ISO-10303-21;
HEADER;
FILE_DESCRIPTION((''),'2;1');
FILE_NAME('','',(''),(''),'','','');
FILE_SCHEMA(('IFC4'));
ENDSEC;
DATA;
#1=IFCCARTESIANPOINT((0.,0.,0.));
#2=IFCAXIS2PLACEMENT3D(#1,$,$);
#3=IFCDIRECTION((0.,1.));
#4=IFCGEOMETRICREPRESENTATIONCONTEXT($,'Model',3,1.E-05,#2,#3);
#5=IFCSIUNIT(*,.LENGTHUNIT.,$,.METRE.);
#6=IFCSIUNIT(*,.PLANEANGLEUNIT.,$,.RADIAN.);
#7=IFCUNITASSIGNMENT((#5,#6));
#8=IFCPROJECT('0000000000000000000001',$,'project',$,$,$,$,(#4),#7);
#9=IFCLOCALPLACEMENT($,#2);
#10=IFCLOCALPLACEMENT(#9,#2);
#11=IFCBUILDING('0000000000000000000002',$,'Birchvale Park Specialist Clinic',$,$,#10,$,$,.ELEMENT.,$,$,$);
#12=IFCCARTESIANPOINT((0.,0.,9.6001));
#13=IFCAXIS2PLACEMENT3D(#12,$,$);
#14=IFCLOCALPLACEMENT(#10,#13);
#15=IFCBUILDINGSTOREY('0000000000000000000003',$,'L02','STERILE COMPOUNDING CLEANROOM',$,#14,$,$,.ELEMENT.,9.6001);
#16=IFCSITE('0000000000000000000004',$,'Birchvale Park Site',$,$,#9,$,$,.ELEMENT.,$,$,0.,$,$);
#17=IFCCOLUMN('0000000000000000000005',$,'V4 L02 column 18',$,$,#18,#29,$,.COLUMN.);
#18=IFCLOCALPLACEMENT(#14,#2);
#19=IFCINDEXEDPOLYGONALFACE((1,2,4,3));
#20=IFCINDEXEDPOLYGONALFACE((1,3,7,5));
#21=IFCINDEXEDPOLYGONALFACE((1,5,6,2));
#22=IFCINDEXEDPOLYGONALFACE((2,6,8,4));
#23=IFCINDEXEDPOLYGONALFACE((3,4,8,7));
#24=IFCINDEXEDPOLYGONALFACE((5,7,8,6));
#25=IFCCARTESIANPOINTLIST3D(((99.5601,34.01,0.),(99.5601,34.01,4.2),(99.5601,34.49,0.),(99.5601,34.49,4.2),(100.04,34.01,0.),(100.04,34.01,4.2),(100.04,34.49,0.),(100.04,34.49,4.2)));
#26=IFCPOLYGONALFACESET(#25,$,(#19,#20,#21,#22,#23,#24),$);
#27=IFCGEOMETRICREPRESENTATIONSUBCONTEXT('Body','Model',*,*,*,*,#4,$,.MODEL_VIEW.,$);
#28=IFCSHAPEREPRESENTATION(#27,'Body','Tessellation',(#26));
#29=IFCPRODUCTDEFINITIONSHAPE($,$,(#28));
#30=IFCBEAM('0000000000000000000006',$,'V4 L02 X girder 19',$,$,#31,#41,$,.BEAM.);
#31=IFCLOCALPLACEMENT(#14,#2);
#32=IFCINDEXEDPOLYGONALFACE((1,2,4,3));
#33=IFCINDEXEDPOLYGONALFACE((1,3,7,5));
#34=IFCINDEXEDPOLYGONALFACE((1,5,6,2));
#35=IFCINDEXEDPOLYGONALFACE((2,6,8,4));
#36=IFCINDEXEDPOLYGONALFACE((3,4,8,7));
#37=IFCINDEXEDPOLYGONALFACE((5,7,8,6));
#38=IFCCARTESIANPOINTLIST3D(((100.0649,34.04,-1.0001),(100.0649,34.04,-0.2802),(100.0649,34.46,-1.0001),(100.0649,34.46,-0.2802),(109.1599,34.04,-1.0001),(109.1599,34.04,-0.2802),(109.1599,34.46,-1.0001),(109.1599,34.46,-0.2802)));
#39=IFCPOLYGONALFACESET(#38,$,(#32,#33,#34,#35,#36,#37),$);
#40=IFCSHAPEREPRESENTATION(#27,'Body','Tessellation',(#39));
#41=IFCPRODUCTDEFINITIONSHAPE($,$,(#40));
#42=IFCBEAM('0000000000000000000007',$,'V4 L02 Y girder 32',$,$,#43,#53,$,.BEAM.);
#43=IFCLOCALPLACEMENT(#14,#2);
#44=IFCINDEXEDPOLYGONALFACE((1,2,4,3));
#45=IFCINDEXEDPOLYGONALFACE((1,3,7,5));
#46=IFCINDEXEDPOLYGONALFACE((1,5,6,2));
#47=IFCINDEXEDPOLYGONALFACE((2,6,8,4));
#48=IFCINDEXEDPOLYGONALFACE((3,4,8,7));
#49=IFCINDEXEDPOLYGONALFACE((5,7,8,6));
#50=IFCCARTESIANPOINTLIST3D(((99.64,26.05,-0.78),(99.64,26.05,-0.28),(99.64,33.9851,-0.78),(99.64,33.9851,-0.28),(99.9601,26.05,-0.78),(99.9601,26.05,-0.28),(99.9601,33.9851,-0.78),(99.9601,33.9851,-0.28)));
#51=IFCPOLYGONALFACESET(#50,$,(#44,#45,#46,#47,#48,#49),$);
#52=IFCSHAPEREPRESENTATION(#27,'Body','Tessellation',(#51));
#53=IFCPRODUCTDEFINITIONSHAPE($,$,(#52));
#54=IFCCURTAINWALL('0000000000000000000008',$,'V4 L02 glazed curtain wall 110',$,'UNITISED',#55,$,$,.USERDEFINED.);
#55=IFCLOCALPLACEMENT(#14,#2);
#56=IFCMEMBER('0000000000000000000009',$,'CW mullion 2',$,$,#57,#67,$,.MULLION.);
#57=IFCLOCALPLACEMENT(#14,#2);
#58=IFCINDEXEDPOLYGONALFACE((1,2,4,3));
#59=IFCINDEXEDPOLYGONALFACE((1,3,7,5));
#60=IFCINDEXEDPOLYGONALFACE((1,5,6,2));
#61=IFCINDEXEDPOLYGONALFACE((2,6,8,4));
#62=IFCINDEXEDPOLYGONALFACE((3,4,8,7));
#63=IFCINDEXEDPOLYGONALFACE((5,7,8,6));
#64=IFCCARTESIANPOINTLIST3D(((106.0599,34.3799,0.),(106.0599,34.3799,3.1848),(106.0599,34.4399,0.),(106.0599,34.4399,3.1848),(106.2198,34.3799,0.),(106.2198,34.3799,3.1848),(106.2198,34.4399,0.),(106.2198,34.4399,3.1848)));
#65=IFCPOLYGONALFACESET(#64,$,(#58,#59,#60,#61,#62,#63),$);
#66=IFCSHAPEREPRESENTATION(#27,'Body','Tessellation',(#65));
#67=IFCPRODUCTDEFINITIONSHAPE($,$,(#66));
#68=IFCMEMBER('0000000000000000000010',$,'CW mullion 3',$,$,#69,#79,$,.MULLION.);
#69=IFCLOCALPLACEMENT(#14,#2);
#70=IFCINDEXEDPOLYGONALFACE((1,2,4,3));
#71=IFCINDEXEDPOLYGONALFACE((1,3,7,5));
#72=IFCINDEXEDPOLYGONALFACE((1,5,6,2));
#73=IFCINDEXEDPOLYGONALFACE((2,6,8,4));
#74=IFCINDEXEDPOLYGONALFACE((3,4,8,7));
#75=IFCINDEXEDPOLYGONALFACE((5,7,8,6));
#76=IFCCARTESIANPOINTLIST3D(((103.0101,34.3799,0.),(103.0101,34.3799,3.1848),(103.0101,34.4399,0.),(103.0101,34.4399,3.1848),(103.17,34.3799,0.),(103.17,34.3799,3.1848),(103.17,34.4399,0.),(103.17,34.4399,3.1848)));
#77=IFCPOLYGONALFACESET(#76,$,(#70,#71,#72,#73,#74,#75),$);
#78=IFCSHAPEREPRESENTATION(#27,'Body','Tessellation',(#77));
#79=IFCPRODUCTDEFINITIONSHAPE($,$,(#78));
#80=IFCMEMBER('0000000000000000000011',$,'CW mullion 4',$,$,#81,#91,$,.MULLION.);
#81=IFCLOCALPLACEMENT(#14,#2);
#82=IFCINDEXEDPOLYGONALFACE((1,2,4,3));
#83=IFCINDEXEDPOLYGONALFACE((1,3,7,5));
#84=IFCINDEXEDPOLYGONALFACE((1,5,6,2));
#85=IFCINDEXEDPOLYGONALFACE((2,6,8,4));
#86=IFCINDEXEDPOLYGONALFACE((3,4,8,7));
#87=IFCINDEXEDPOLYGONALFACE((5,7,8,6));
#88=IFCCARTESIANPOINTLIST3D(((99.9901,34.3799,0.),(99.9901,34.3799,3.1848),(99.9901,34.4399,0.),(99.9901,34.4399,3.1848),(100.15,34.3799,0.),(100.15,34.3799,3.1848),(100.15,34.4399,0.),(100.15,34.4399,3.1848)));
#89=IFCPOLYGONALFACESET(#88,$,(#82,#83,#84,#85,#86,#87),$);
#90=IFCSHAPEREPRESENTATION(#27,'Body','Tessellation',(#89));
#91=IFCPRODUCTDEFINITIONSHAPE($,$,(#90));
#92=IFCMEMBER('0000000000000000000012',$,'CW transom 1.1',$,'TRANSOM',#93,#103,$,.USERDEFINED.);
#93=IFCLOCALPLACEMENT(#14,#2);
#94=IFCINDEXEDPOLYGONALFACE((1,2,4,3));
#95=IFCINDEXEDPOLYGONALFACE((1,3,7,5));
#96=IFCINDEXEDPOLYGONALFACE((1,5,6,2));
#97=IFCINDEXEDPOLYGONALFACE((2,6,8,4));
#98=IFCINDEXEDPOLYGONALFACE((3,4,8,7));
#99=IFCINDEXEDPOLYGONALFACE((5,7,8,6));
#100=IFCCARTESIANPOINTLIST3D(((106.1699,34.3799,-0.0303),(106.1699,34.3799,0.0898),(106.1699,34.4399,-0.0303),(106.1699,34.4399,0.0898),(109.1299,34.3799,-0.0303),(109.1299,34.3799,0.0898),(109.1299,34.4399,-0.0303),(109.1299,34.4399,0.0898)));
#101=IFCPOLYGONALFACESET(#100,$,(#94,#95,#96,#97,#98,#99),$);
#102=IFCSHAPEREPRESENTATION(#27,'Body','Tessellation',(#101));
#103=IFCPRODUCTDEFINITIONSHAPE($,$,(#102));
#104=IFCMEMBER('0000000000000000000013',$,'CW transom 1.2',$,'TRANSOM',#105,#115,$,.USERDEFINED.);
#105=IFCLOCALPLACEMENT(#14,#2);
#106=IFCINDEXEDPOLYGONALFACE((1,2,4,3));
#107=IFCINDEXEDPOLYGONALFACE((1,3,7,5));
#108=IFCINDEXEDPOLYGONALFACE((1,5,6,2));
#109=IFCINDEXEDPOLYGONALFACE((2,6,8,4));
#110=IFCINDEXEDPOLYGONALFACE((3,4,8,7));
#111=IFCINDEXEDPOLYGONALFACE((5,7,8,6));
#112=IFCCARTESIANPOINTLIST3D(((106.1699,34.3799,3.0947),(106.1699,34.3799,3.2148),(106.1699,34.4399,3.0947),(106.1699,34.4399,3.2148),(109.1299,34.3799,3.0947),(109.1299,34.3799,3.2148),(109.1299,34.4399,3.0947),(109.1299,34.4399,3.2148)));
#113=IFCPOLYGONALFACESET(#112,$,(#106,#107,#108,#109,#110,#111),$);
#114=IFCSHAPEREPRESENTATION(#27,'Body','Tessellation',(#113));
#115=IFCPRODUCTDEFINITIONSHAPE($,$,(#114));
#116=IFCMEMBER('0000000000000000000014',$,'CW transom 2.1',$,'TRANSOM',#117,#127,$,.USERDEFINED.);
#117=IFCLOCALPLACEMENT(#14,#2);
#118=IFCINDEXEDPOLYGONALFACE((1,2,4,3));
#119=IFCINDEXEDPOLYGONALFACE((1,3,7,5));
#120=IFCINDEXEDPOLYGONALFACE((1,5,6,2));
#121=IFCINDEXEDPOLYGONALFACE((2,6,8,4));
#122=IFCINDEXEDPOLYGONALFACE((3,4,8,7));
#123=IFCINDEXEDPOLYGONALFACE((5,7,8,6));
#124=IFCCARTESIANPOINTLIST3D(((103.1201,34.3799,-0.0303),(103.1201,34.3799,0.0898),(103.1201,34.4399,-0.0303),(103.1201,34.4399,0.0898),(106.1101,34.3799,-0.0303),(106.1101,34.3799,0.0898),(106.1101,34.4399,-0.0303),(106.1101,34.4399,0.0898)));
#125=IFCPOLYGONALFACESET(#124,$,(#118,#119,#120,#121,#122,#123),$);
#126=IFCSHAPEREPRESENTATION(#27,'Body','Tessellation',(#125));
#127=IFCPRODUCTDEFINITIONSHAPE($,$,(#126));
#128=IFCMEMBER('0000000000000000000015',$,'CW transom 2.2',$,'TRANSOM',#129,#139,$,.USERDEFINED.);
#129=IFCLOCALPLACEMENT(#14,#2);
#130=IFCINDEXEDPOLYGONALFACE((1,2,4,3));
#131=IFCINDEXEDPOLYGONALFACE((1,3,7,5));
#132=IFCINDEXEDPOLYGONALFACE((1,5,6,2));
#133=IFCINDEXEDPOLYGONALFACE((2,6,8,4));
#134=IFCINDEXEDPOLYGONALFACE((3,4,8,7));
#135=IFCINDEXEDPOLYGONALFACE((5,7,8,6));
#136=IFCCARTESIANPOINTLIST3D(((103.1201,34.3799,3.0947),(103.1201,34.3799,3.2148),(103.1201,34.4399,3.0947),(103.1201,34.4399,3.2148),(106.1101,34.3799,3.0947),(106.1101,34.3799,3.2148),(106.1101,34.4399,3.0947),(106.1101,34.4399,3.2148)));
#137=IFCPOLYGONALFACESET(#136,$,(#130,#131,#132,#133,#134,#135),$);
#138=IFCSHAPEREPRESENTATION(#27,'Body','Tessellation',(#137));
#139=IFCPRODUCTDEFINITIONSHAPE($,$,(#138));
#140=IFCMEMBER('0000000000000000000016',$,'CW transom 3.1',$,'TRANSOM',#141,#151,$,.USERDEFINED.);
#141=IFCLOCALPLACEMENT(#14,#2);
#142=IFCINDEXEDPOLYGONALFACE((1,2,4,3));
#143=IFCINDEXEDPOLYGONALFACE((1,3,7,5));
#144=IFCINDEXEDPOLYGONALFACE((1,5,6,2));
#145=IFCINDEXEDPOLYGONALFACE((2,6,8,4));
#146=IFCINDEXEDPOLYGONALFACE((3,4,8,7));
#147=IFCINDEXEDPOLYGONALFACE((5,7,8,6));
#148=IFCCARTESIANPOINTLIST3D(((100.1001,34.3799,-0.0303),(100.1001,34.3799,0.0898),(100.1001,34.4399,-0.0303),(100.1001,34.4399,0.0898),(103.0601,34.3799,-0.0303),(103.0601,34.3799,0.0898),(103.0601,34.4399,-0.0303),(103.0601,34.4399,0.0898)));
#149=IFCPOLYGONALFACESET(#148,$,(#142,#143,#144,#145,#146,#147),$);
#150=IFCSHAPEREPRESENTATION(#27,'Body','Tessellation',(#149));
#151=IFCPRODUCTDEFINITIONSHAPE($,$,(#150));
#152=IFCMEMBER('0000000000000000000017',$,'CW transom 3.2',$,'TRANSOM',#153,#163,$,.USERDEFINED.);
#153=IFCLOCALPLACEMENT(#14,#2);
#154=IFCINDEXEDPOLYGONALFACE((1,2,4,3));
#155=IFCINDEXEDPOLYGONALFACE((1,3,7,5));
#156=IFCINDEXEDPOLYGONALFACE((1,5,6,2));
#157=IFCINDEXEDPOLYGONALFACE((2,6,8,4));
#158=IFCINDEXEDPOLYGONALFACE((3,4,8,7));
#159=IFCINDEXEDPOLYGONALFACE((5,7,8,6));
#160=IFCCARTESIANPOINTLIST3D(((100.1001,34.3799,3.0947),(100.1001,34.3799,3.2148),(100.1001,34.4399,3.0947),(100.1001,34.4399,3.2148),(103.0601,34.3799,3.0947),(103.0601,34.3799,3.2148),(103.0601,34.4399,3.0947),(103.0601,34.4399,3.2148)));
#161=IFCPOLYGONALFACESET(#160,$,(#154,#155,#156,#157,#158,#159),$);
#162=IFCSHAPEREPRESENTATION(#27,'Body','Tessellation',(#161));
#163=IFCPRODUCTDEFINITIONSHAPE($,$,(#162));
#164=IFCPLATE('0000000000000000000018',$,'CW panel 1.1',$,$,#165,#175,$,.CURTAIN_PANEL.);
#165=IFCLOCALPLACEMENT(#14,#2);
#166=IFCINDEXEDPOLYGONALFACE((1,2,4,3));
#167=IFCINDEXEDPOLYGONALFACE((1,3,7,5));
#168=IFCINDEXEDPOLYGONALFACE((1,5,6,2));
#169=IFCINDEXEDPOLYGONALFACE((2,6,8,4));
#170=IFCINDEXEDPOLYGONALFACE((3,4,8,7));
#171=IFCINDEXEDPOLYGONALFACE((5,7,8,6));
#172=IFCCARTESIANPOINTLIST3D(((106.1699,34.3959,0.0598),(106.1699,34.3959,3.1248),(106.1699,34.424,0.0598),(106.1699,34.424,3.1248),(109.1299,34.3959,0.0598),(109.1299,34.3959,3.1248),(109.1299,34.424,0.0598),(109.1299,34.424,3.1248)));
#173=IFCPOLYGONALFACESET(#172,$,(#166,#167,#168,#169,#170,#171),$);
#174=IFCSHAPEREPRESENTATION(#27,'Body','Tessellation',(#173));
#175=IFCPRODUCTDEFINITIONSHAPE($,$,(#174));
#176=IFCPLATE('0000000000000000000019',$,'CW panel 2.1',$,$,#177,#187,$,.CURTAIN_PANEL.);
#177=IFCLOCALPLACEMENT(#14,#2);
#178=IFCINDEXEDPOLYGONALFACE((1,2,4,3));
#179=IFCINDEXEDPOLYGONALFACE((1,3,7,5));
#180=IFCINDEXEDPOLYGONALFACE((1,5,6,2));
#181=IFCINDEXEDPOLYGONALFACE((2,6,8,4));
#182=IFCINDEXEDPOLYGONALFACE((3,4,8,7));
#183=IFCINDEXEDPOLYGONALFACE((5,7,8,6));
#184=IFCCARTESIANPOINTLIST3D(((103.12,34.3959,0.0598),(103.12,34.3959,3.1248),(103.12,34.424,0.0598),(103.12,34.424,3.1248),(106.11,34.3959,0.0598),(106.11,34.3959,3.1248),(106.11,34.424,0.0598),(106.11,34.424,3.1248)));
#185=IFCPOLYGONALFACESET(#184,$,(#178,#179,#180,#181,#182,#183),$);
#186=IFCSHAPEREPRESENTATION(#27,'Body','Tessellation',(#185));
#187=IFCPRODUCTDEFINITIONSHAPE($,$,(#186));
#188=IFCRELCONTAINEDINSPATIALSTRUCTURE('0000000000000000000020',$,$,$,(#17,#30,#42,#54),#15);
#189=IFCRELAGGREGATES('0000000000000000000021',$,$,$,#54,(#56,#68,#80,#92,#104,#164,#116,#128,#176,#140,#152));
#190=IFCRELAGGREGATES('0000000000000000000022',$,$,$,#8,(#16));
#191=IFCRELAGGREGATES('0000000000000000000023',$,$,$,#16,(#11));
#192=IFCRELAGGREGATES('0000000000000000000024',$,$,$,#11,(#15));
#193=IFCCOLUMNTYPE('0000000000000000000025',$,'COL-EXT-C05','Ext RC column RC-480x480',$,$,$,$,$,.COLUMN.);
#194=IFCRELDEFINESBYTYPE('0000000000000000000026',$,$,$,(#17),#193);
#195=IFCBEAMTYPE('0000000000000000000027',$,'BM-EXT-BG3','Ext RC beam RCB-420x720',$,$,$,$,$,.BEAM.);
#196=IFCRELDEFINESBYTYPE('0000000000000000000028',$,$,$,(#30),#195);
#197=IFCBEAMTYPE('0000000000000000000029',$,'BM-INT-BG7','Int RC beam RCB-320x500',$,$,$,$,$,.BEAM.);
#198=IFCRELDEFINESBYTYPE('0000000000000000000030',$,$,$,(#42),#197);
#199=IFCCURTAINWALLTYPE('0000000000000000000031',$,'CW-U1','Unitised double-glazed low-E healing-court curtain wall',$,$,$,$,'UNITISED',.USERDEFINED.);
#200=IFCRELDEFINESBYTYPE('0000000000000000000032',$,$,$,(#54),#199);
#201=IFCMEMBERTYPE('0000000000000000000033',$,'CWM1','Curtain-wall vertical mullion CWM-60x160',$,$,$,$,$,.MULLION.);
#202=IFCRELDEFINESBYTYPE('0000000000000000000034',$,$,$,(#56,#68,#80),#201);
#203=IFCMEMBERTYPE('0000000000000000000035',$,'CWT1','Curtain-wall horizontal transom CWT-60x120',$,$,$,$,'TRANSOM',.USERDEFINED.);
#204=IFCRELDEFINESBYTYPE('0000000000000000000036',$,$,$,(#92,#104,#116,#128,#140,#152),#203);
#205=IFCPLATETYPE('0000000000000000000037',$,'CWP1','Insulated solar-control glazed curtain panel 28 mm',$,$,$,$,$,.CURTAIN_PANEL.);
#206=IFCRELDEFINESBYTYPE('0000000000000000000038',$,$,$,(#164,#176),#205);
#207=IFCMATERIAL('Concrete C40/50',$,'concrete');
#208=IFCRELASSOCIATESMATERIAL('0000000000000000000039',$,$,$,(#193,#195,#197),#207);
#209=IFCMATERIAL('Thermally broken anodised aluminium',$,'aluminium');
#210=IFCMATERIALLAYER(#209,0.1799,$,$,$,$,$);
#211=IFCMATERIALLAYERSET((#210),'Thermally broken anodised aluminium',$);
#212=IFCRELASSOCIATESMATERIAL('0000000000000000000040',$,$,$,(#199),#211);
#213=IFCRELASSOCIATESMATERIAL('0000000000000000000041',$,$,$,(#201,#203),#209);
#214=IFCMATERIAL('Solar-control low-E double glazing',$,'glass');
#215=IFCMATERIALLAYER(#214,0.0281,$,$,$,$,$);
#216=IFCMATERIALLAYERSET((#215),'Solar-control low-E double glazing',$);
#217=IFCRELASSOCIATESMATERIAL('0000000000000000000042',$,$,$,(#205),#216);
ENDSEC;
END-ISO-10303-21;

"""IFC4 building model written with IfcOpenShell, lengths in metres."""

from ifc_helpers import new_model, si_unit, direction, frame, origin, origin_2d, place, context, subcontext, project, spatial, rectangle, extrude, material, layer, layer_set, material_profile, profile_set, type_object, element, aggregate, save


model = new_model("IFC4")

# Units and contexts
model_context = context("Model", 3, precision=1e-05, world=origin(), true_north=direction((0.0, 1.0)))
body_context = subcontext(model_context, "Body", "Model", "MODEL_VIEW")
ifc_project = project(units=[si_unit("LENGTHUNIT", "METRE"), si_unit("PLANEANGLEUNIT", "RADIAN")], contexts=[model_context])

# Site, building, storey
site_placement = place(None, origin())
site = spatial("IfcSite", under=ifc_project, at=site_placement, Name="Birchvale Park Site", CompositionType="ELEMENT", RefElevation=0.0)
building_placement = place(site_placement, origin())
building = spatial("IfcBuilding", under=site, at=building_placement, Name="Birchvale Park Specialist Clinic", CompositionType="ELEMENT")
storey_placement = place(building_placement, frame((0.0, 0.0, 9.6001)))
storey = spatial("IfcBuildingStorey", under=building, at=storey_placement, Name="L02", Description="STERILE COMPOUNDING CLEANROOM", CompositionType="ELEMENT", Elevation=9.6001)

# Column
ifc_material_1 = material(Name="Concrete C40/50", Category="concrete")
ifc_material_profile_1 = material_profile(ifc_material_1, rectangle(XDim=0.48, YDim=0.48, at=origin_2d()), Name="RC-480x480")
ifc_profile_set_1 = profile_set([ifc_material_profile_1], Name="Concrete C40/50")
column_type = type_object("IfcColumnType", Name="COL-EXT-C05", Description="Ext RC column RC-480x480", PredefinedType="COLUMN", material=ifc_profile_set_1)
column_placement = place(storey_placement, frame((99.8, 34.25, 0.0), z_axis=(0.0, 0.0, 1.0), x_axis=(1.0, 0.0, 0.0)))
element("IfcColumn", 1, at=column_placement, inside=storey, type_object=column_type, Name="V4 L02 column 18", PredefinedType="COLUMN", context=body_context, shape_type="SweptSolid", body=[
    extrude(rectangle(XDim=0.48, YDim=0.48, at=origin_2d()), origin(), (0.0, 0.0, 1.0), 4.2),
])

# Beams
ifc_material_profile_2 = material_profile(ifc_material_1, rectangle(XDim=0.4199, YDim=0.72, at=origin_2d()), Name="RCB-420x720")
ifc_profile_set_2 = profile_set([ifc_material_profile_2], Name="Concrete C40/50")
beam_type_1 = type_object("IfcBeamType", Name="BM-EXT-BG3", Description="Ext RC beam RCB-420x720", PredefinedType="BEAM", material=ifc_profile_set_2)
beam_1_placement = place(storey_placement, frame((100.0649, 34.25, -0.6401), z_axis=(1.0, 0.0, 0.0), x_axis=(0.0, 1.0, 0.0)))
element("IfcBeam", 2, at=beam_1_placement, inside=storey, type_object=beam_type_1, Name="V4 L02 X girder 19", PredefinedType="BEAM", context=body_context, shape_type="SweptSolid", body=[
    extrude(rectangle(XDim=0.4199, YDim=0.72, at=origin_2d()), origin(), (0.0, 0.0, 1.0), 9.095),
])
ifc_material_profile_3 = material_profile(ifc_material_1, rectangle(XDim=0.3201, YDim=0.5, at=origin_2d()), Name="RCB-320x500")
ifc_profile_set_3 = profile_set([ifc_material_profile_3], Name="Concrete C40/50")
beam_type_2 = type_object("IfcBeamType", Name="BM-INT-BG7", Description="Int RC beam RCB-320x500", PredefinedType="BEAM", material=ifc_profile_set_3)
beam_2_placement = place(storey_placement, frame((99.8, 26.05, -0.53), z_axis=(0.0, 1.0, 0.0), x_axis=(-1.0, 0.0, 0.0)))
element("IfcBeam", 3, at=beam_2_placement, inside=storey, type_object=beam_type_2, Name="V4 L02 Y girder 32", PredefinedType="BEAM", context=body_context, shape_type="SweptSolid", body=[
    extrude(rectangle(XDim=0.3201, YDim=0.5, at=origin_2d()), origin(), (0.0, 0.0, 1.0), 7.9351),
])

# Curtain wall, members, plates
ifc_material_2 = material(Name="Thermally broken anodised aluminium", Category="aluminium")
ifc_layer_1 = layer(ifc_material_2, 0.1799)
ifc_layer_set_1 = layer_set([ifc_layer_1], Name="Thermally broken anodised aluminium")
curtain_wall_type = type_object("IfcCurtainWallType", Name="CW-U1", Description="Unitised double-glazed low-E healing-court curtain wall", ElementType="UNITISED", PredefinedType="USERDEFINED", material=ifc_layer_set_1)
curtain_wall_placement = place(storey_placement, origin())
curtain_wall = element("IfcCurtainWall", 4, at=curtain_wall_placement, inside=storey, type_object=curtain_wall_type, Name="V4 L02 glazed curtain wall 110", ObjectType="UNITISED", PredefinedType="USERDEFINED")
ifc_material_profile_4 = material_profile(ifc_material_2, rectangle(XDim=0.0601, YDim=0.1599, at=origin_2d()), Name="CWM-60x160")
ifc_profile_set_4 = profile_set([ifc_material_profile_4], Name="Thermally broken anodised aluminium")
member_type_1 = type_object("IfcMemberType", Name="CWM1", Description="Curtain-wall vertical mullion CWM-60x160", PredefinedType="MULLION", material=ifc_profile_set_4)
member_1_placement = place(storey_placement, frame((106.1399, 34.4099, 0.0), z_axis=(0.0, 0.0, 1.0), x_axis=(0.0, -1.0, 0.0)))
member_1 = element("IfcMember", 5, at=member_1_placement, type_object=member_type_1, Name="CW mullion 2", PredefinedType="MULLION", context=body_context, shape_type="SweptSolid", body=[
    extrude(rectangle(XDim=0.0601, YDim=0.1599, at=origin_2d()), origin(), (0.0, 0.0, 1.0), 3.1848),
])
member_2_placement = place(storey_placement, frame((103.0901, 34.4099, 0.0), z_axis=(0.0, 0.0, 1.0), x_axis=(0.0, -1.0, 0.0)))
member_2 = element("IfcMember", 6, at=member_2_placement, type_object=member_type_1, Name="CW mullion 3", PredefinedType="MULLION", context=body_context, shape_type="SweptSolid", body=[
    extrude(rectangle(XDim=0.0601, YDim=0.1599, at=origin_2d()), origin(), (0.0, 0.0, 1.0), 3.1848),
])
member_3_placement = place(storey_placement, frame((100.0701, 34.4099, 0.0), z_axis=(0.0, 0.0, 1.0), x_axis=(0.0, -1.0, 0.0)))
member_3 = element("IfcMember", 7, at=member_3_placement, type_object=member_type_1, Name="CW mullion 4", PredefinedType="MULLION", context=body_context, shape_type="SweptSolid", body=[
    extrude(rectangle(XDim=0.0601, YDim=0.1599, at=origin_2d()), origin(), (0.0, 0.0, 1.0), 3.1848),
])
ifc_material_profile_5 = material_profile(ifc_material_2, rectangle(XDim=0.0601, YDim=0.1201, at=origin_2d()), Name="CWT-60x120")
ifc_profile_set_5 = profile_set([ifc_material_profile_5], Name="Thermally broken anodised aluminium")
member_type_2 = type_object("IfcMemberType", Name="CWT1", Description="Curtain-wall horizontal transom CWT-60x120", ElementType="TRANSOM", PredefinedType="USERDEFINED", material=ifc_profile_set_5)
member_4_placement = place(storey_placement, frame((109.1299, 34.4099, 0.0298), z_axis=(-1.0, 0.0, 0.0), x_axis=(0.0, -1.0, 0.0)))
member_4 = element("IfcMember", 8, at=member_4_placement, type_object=member_type_2, Name="CW transom 1.1", ObjectType="TRANSOM", PredefinedType="USERDEFINED", context=body_context, shape_type="SweptSolid", body=[
    extrude(rectangle(XDim=0.0601, YDim=0.1201, at=origin_2d()), origin(), (0.0, 0.0, 1.0), 2.96),
])
member_5_placement = place(storey_placement, frame((109.1299, 34.4099, 3.1548), z_axis=(-1.0, 0.0, 0.0), x_axis=(0.0, -1.0, 0.0)))
member_5 = element("IfcMember", 9, at=member_5_placement, type_object=member_type_2, Name="CW transom 1.2", ObjectType="TRANSOM", PredefinedType="USERDEFINED", context=body_context, shape_type="SweptSolid", body=[
    extrude(rectangle(XDim=0.0601, YDim=0.1201, at=origin_2d()), origin(), (0.0, 0.0, 1.0), 2.96),
])
member_6_placement = place(storey_placement, frame((106.1101, 34.4099, 0.0298), z_axis=(-1.0, 0.0, 0.0), x_axis=(0.0, -1.0, 0.0)))
member_6 = element("IfcMember", 10, at=member_6_placement, type_object=member_type_2, Name="CW transom 2.1", ObjectType="TRANSOM", PredefinedType="USERDEFINED", context=body_context, shape_type="SweptSolid", body=[
    extrude(rectangle(XDim=0.0601, YDim=0.1201, at=origin_2d()), origin(), (0.0, 0.0, 1.0), 2.99),
])
member_7_placement = place(storey_placement, frame((106.1101, 34.4099, 3.1548), z_axis=(-1.0, 0.0, 0.0), x_axis=(0.0, -1.0, 0.0)))
member_7 = element("IfcMember", 11, at=member_7_placement, type_object=member_type_2, Name="CW transom 2.2", ObjectType="TRANSOM", PredefinedType="USERDEFINED", context=body_context, shape_type="SweptSolid", body=[
    extrude(rectangle(XDim=0.0601, YDim=0.1201, at=origin_2d()), origin(), (0.0, 0.0, 1.0), 2.99),
])
member_8_placement = place(storey_placement, frame((103.0601, 34.4099, 0.0298), z_axis=(-1.0, 0.0, 0.0), x_axis=(0.0, -1.0, 0.0)))
member_8 = element("IfcMember", 12, at=member_8_placement, type_object=member_type_2, Name="CW transom 3.1", ObjectType="TRANSOM", PredefinedType="USERDEFINED", context=body_context, shape_type="SweptSolid", body=[
    extrude(rectangle(XDim=0.0601, YDim=0.1201, at=origin_2d()), origin(), (0.0, 0.0, 1.0), 2.96),
])
member_9_placement = place(storey_placement, frame((103.0601, 34.4099, 3.1548), z_axis=(-1.0, 0.0, 0.0), x_axis=(0.0, -1.0, 0.0)))
member_9 = element("IfcMember", 13, at=member_9_placement, type_object=member_type_2, Name="CW transom 3.2", ObjectType="TRANSOM", PredefinedType="USERDEFINED", context=body_context, shape_type="SweptSolid", body=[
    extrude(rectangle(XDim=0.0601, YDim=0.1201, at=origin_2d()), origin(), (0.0, 0.0, 1.0), 2.96),
])
ifc_material_3 = material(Name="Solar-control low-E double glazing", Category="glass")
ifc_layer_2 = layer(ifc_material_3, 0.0281)
ifc_layer_set_2 = layer_set([ifc_layer_2], Name="Solar-control low-E double glazing")
plate_type = type_object("IfcPlateType", Name="CWP1", Description="Insulated solar-control glazed curtain panel 28 mm", PredefinedType="CURTAIN_PANEL", material=ifc_layer_set_2)
plate_1_placement = place(storey_placement, frame((107.6499, 34.4099, 0.0598), z_axis=(0.0, 0.0, 1.0), x_axis=(-1.0, 0.0, 0.0)))
plate_1 = element("IfcPlate", 14, at=plate_1_placement, type_object=plate_type, Name="CW panel 1.1", PredefinedType="CURTAIN_PANEL", context=body_context, shape_type="SweptSolid", body=[
    extrude(rectangle(XDim=2.96, YDim=0.0281, at=origin_2d()), origin(), (0.0, 0.0, 1.0), 3.0649),
])
plate_2_placement = place(storey_placement, frame((104.615, 34.4099, 0.0598), z_axis=(0.0, 0.0, 1.0), x_axis=(-1.0, 0.0, 0.0)))
plate_2 = element("IfcPlate", 15, at=plate_2_placement, type_object=plate_type, Name="CW panel 2.1", PredefinedType="CURTAIN_PANEL", context=body_context, shape_type="SweptSolid", body=[
    extrude(rectangle(XDim=2.99, YDim=0.0281, at=origin_2d()), origin(), (0.0, 0.0, 1.0), 3.0649),
])
aggregate(curtain_wall, [member_1, member_2, member_3, member_4, member_5, plate_1, member_6, member_7, plate_2, member_8, member_9])

save(model, "model.ifc")
